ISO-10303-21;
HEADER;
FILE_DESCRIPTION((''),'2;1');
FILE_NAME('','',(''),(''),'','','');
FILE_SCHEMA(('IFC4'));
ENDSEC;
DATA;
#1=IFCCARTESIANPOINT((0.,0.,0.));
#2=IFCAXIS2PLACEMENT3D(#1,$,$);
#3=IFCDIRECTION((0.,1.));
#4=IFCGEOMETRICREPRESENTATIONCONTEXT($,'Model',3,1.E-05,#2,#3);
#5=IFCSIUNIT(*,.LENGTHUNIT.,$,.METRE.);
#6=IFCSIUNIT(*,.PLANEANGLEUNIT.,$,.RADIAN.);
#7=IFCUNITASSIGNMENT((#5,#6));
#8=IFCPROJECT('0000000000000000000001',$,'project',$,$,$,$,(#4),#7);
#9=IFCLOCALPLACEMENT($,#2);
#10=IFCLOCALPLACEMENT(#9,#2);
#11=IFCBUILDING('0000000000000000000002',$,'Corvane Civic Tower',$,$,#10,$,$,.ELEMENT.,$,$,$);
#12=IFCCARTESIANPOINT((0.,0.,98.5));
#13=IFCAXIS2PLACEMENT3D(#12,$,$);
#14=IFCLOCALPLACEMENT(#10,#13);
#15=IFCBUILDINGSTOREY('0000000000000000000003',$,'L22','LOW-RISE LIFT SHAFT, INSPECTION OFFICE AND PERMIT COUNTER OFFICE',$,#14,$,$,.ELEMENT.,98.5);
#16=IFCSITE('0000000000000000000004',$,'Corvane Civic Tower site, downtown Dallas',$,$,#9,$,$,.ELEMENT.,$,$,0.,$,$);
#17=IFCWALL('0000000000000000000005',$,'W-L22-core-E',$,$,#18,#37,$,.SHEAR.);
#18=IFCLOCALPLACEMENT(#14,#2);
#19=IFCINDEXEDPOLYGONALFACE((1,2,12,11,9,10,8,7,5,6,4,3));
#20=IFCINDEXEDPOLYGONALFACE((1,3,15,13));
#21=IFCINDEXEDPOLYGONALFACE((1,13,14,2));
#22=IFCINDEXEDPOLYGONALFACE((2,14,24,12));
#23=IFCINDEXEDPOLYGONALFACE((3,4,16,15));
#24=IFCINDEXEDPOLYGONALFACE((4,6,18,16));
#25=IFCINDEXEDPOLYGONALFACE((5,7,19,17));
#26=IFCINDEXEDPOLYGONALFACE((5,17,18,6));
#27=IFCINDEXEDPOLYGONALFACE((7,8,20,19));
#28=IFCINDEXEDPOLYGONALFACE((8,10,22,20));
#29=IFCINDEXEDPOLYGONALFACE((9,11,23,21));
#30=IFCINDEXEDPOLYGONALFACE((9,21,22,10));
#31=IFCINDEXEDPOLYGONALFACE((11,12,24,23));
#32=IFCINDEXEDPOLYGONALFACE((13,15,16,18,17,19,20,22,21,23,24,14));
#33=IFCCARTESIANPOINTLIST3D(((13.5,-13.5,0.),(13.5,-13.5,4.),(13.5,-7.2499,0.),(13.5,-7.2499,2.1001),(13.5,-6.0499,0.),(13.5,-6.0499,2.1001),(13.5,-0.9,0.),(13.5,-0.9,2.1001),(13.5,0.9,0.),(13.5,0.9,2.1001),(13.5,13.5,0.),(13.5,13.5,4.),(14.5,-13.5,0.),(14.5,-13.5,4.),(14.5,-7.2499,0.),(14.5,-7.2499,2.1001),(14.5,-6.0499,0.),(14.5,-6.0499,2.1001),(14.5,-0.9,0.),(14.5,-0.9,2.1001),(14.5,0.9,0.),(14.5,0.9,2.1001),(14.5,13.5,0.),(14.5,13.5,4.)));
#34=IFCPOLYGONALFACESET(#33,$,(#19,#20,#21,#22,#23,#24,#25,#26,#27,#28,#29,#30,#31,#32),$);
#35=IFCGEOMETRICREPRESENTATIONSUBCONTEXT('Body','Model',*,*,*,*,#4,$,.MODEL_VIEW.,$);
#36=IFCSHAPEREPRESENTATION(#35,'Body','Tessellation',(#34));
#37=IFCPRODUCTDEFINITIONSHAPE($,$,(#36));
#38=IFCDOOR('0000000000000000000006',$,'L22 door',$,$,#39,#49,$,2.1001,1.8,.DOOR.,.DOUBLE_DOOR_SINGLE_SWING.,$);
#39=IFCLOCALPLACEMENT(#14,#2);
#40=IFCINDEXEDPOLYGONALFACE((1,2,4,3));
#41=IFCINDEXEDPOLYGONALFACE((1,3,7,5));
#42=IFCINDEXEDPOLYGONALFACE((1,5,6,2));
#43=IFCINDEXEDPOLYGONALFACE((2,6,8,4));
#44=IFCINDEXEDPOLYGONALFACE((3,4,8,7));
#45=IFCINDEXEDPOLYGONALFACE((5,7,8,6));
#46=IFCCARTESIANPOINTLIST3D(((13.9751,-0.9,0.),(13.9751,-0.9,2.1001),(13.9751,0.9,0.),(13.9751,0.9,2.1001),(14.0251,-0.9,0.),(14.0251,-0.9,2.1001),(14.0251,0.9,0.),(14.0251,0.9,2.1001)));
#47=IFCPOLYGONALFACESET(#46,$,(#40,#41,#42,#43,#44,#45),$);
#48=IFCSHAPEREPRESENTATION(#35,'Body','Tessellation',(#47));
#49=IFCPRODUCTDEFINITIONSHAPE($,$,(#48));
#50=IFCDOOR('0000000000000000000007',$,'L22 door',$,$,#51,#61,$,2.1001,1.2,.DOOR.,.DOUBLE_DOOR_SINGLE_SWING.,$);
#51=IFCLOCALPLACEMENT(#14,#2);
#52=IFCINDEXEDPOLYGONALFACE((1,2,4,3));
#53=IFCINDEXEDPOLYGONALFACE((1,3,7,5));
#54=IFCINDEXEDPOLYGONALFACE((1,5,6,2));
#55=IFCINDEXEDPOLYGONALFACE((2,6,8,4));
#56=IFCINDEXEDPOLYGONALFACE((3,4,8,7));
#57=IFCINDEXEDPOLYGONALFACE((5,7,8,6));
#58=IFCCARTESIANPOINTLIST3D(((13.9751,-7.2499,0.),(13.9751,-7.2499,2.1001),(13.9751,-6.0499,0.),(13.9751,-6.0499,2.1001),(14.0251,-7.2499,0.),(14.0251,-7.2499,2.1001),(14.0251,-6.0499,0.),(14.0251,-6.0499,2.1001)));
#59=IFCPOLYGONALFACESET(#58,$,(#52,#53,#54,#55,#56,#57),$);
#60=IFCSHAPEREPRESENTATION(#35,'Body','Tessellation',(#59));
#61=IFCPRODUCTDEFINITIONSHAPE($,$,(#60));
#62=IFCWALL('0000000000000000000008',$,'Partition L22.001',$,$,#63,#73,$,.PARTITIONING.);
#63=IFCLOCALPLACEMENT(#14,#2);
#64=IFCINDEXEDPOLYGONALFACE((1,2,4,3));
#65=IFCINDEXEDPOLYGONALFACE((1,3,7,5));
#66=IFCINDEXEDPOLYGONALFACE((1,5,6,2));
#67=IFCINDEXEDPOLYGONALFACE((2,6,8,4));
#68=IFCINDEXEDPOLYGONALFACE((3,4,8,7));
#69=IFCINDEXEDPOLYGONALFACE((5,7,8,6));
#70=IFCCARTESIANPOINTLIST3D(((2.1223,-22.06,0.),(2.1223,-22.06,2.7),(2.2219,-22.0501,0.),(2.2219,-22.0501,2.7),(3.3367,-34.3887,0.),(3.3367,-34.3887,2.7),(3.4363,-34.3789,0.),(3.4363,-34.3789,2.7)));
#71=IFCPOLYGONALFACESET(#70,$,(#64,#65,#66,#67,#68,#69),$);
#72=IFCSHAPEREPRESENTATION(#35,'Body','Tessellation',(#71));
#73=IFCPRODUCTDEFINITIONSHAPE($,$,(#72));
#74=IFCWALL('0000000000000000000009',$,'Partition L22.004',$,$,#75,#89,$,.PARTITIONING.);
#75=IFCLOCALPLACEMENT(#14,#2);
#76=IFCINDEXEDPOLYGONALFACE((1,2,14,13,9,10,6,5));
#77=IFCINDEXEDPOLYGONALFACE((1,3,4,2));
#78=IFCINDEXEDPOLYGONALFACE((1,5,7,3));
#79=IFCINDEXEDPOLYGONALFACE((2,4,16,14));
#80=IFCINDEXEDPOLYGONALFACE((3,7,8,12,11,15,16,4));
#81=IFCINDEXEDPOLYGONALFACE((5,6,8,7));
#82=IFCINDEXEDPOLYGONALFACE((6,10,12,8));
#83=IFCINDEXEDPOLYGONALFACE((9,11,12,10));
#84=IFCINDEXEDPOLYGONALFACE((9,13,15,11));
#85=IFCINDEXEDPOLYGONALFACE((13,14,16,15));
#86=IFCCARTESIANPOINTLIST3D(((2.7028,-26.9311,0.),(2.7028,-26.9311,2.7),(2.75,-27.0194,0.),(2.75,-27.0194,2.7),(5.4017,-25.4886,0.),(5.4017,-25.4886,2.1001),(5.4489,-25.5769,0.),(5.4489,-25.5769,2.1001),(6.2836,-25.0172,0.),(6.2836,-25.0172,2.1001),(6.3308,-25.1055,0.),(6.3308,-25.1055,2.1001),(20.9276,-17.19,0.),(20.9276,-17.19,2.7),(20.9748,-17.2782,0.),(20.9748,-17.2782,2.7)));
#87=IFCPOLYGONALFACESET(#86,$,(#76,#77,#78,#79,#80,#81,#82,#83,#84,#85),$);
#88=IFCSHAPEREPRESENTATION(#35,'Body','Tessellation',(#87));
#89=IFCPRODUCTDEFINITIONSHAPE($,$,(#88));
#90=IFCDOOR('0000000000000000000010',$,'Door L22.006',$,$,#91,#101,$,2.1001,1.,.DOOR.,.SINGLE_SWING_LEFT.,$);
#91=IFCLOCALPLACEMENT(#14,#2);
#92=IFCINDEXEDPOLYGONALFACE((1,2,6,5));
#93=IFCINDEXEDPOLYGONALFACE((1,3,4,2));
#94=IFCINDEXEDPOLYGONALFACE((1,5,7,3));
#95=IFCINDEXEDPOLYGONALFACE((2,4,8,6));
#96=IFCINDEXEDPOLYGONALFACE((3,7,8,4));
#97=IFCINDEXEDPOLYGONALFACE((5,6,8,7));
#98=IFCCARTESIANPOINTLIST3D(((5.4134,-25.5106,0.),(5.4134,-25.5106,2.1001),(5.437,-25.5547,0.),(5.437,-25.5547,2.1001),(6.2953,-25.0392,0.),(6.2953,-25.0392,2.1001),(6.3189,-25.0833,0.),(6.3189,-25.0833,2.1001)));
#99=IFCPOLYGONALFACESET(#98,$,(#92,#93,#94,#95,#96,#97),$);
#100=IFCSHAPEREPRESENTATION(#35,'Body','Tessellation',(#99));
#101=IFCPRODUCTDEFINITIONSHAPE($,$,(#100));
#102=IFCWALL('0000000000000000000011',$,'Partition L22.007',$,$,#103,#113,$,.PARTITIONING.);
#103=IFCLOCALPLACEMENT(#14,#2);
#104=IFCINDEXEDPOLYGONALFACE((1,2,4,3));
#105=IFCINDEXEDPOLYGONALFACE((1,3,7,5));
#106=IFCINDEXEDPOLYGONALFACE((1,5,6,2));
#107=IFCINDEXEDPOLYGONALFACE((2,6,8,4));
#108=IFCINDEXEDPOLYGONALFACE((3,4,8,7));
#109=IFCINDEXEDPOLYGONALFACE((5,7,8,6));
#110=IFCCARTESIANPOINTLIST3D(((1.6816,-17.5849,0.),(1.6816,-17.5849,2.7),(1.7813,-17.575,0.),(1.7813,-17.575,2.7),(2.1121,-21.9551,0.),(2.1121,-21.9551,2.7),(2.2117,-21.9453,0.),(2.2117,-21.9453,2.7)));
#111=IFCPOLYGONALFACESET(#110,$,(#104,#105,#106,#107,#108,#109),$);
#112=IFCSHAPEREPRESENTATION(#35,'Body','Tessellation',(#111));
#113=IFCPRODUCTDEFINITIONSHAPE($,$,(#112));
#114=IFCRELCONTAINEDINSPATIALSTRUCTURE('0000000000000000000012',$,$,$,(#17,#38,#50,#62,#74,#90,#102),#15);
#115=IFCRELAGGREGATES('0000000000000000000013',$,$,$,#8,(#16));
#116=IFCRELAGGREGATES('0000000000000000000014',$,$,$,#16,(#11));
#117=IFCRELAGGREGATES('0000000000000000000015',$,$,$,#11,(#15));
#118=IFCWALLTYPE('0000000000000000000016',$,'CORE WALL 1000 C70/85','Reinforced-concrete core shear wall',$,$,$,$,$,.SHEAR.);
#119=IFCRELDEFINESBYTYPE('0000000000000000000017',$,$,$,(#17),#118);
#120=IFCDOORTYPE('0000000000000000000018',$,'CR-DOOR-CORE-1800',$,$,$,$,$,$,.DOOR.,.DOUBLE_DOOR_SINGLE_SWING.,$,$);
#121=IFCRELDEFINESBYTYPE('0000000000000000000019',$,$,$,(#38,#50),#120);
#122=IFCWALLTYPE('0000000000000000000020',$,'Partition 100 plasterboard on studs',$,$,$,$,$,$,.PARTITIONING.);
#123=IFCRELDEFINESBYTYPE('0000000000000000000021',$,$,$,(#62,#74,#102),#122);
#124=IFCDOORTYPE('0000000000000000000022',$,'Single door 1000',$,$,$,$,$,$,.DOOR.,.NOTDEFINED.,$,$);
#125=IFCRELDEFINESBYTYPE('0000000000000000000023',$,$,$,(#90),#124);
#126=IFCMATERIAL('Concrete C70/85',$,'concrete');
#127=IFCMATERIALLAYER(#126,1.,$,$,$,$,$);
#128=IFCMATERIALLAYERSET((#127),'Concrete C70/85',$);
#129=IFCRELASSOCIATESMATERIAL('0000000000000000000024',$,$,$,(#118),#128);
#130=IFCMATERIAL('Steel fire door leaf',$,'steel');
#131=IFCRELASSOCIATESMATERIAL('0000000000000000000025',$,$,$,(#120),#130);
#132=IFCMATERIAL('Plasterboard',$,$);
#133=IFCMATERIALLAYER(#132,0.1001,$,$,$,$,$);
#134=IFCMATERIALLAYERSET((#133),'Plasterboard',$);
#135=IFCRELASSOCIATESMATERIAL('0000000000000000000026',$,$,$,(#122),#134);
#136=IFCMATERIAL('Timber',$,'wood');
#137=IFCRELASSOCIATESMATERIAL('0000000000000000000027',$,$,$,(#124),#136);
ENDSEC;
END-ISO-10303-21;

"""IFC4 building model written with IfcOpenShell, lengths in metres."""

from ifc_helpers import new_model, si_unit, direction, frame, frame_2d, origin, place, context, subcontext, project, spatial, rectangle, extrude, material, layer, layer_set, type_object, element, fill, save


model = new_model("IFC4")

# Units and contexts
model_context = context("Model", 3, precision=1e-05, world=origin(), true_north=direction((0.0, 1.0)))
body_context = subcontext(model_context, "Body", "Model", "MODEL_VIEW")
ifc_project = project(units=[si_unit("LENGTHUNIT", "METRE"), si_unit("PLANEANGLEUNIT", "RADIAN")], contexts=[model_context])

# Site, building, storey
site_placement = place(None, origin())
site = spatial("IfcSite", under=ifc_project, at=site_placement, Name="Corvane Civic Tower site, downtown Dallas", CompositionType="ELEMENT", RefElevation=0.0)
building_placement = place(site_placement, origin())
building = spatial("IfcBuilding", under=site, at=building_placement, Name="Corvane Civic Tower", CompositionType="ELEMENT")
storey_placement = place(building_placement, frame((0.0, 0.0, 98.5)))
storey = spatial("IfcBuildingStorey", under=building, at=storey_placement, Name="L22", Description="LOW-RISE LIFT SHAFT, INSPECTION OFFICE AND PERMIT COUNTER OFFICE", CompositionType="ELEMENT", Elevation=98.5)

# Wall, openings, doors
ifc_material_1 = material(Name="Concrete C70/85", Category="concrete")
ifc_layer_1 = layer(ifc_material_1, 1.0)
ifc_layer_set_1 = layer_set([ifc_layer_1], Name="Concrete C70/85")
wall_type_1 = type_object("IfcWallType", Name="CORE WALL 1000 C70/85", Description="Reinforced-concrete core shear wall", PredefinedType="SHEAR", material=ifc_layer_set_1)
wall_1_placement = place(storey_placement, frame((14.0, -13.5, 0.0), z_axis=(0.0, 0.0, 1.0), x_axis=(0.0, 1.0, 0.0)))
wall_1 = element("IfcWall", 1, at=wall_1_placement, inside=storey, type_object=wall_type_1, Name="W-L22-core-E", PredefinedType="SHEAR", context=body_context, shape_type="SweptSolid", body=[
    extrude(rectangle(XDim=27.0, YDim=1.0, at=frame_2d((13.5, 0.0))), origin(), (0.0, 0.0, 1.0), 4.0),
])
opening_1_placement = place(wall_1_placement, frame((12.6001, 0.0, 0.0)))
opening_1 = element("IfcOpeningElement", 2, at=opening_1_placement, cuts=wall_1, PredefinedType="OPENING", context=body_context, shape_type="SweptSolid", body=[
    extrude(rectangle(XDim=1.8, YDim=2.1001, at=frame_2d((0.8999, 1.05))), frame((0.0, 0.51, 0.0), z_axis=(0.0, -1.0, 0.0), x_axis=(1.0, 0.0, 0.0)), (0.0, 0.0, 1.0), 1.02),
])
opening_2_placement = place(wall_1_placement, frame((6.25, 0.0, 0.0)))
opening_2 = element("IfcOpeningElement", 3, at=opening_2_placement, cuts=wall_1, PredefinedType="OPENING", context=body_context, shape_type="SweptSolid", body=[
    extrude(rectangle(XDim=1.2, YDim=2.1001, at=frame_2d((0.6001, 1.05))), frame((0.0, 0.51, 0.0), z_axis=(0.0, -1.0, 0.0), x_axis=(1.0, 0.0, 0.0)), (0.0, 0.0, 1.0), 1.02),
])
ifc_material_2 = material(Name="Steel fire door leaf", Category="steel")
door_type_1 = type_object("IfcDoorType", Name="CR-DOOR-CORE-1800", OperationType="DOUBLE_DOOR_SINGLE_SWING", PredefinedType="DOOR", material=ifc_material_2)
door_1_placement = place(opening_1_placement, origin())
door_1 = element("IfcDoor", 4, at=door_1_placement, inside=storey, type_object=door_type_1, Name="L22 door", OperationType="DOUBLE_DOOR_SINGLE_SWING", OverallHeight=2.1001, OverallWidth=1.8, PredefinedType="DOOR", context=body_context, shape_type="SweptSolid", body=[
    extrude(rectangle(XDim=1.8, YDim=2.1001, at=frame_2d((0.8999, 1.05))), frame((0.0, 0.0249, 0.0), z_axis=(0.0, -1.0, 0.0), x_axis=(1.0, 0.0, 0.0)), (0.0, 0.0, 1.0), 0.05),
])
fill(opening_1, door_1)
door_2_placement = place(opening_2_placement, origin())
door_2 = element("IfcDoor", 5, at=door_2_placement, inside=storey, type_object=door_type_1, Name="L22 door", OperationType="DOUBLE_DOOR_SINGLE_SWING", OverallHeight=2.1001, OverallWidth=1.2, PredefinedType="DOOR", context=body_context, shape_type="SweptSolid", body=[
    extrude(rectangle(XDim=1.2, YDim=2.1001, at=frame_2d((0.6001, 1.05))), frame((0.0, 0.0249, 0.0), z_axis=(0.0, -1.0, 0.0), x_axis=(1.0, 0.0, 0.0)), (0.0, 0.0, 1.0), 0.05),
])
fill(opening_2, door_2)

# Wall
ifc_material_3 = material(Name="Plasterboard")
ifc_layer_2 = layer(ifc_material_3, 0.1001)
ifc_layer_set_2 = layer_set([ifc_layer_2], Name="Plasterboard")
wall_type_2 = type_object("IfcWallType", Name="Partition 100 plasterboard on studs", PredefinedType="PARTITIONING", material=ifc_layer_set_2)
wall_2_placement = place(storey_placement, frame((2.1721, -22.0549, 0.0), z_axis=(0.0, 0.0, 1.0), x_axis=(0.098023, -0.995184, 0.0)))
element("IfcWall", 6, at=wall_2_placement, inside=storey, type_object=wall_type_2, Name="Partition L22.001", PredefinedType="PARTITIONING", context=body_context, shape_type="SweptSolid", body=[
    extrude(rectangle(XDim=12.3884, YDim=0.1001, at=frame_2d((6.1943, 0.0))), origin(), (0.0, 0.0, 1.0), 2.7),
])

# Wall, opening, door
wall_3_placement = place(storey_placement, frame((2.7263, -26.9753, 0.0), z_axis=(0.0, 0.0, 1.0), x_axis=(0.881925, 0.47139, 0.0)))
wall_3 = element("IfcWall", 7, at=wall_3_placement, inside=storey, type_object=wall_type_2, Name="Partition L22.004", PredefinedType="PARTITIONING", context=body_context, shape_type="SweptSolid", body=[
    extrude(rectangle(XDim=20.6648, YDim=0.1001, at=frame_2d((10.3325, 0.0))), origin(), (0.0, 0.0, 1.0), 2.7),
])
opening_3_placement = place(wall_3_placement, frame((3.0603, 0.0, 0.0)))
opening_3 = element("IfcOpeningElement", 8, at=opening_3_placement, cuts=wall_3, PredefinedType="OPENING", context=body_context, shape_type="SweptSolid", body=[
    extrude(rectangle(XDim=1.0, YDim=2.1001, at=frame_2d((0.5, 1.05))), frame((0.0, 0.0601, 0.0), z_axis=(0.0, -1.0, 0.0), x_axis=(1.0, 0.0, 0.0)), (0.0, 0.0, 1.0), 0.1201),
])
ifc_material_4 = material(Name="Timber", Category="wood")
door_type_2 = type_object("IfcDoorType", Name="Single door 1000", OperationType="NOTDEFINED", PredefinedType="DOOR", material=ifc_material_4)
door_3_placement = place(opening_3_placement, frame((1.0, 0.0, 0.0), z_axis=(0.0, 0.0, 1.0), x_axis=(-1.0, 0.0, 0.0)))
door_3 = element("IfcDoor", 9, at=door_3_placement, inside=storey, type_object=door_type_2, Name="Door L22.006", OperationType="SINGLE_SWING_LEFT", OverallHeight=2.1001, OverallWidth=1.0, PredefinedType="DOOR", context=body_context, shape_type="SweptSolid", body=[
    extrude(rectangle(XDim=1.0, YDim=2.1001, at=frame_2d((0.5, 1.05))), frame((0.0, 0.0249, 0.0), z_axis=(0.0, -1.0, 0.0), x_axis=(1.0, 0.0, 0.0)), (0.0, 0.0, 1.0), 0.05),
])
fill(opening_3, door_3)

# Wall
wall_4_placement = place(storey_placement, frame((1.7314, -17.5798, 0.0), z_axis=(0.0, 0.0, 1.0), x_axis=(0.098017, -0.995185, 0.0)))
element("IfcWall", 10, at=wall_4_placement, inside=storey, type_object=wall_type_2, Name="Partition L22.007", PredefinedType="PARTITIONING", context=body_context, shape_type="SweptSolid", body=[
    extrude(rectangle(XDim=4.3914, YDim=0.1001, at=frame_2d((2.1958, 0.0))), origin(), (0.0, 0.0, 1.0), 2.7),
])

save(model, "model.ifc")
